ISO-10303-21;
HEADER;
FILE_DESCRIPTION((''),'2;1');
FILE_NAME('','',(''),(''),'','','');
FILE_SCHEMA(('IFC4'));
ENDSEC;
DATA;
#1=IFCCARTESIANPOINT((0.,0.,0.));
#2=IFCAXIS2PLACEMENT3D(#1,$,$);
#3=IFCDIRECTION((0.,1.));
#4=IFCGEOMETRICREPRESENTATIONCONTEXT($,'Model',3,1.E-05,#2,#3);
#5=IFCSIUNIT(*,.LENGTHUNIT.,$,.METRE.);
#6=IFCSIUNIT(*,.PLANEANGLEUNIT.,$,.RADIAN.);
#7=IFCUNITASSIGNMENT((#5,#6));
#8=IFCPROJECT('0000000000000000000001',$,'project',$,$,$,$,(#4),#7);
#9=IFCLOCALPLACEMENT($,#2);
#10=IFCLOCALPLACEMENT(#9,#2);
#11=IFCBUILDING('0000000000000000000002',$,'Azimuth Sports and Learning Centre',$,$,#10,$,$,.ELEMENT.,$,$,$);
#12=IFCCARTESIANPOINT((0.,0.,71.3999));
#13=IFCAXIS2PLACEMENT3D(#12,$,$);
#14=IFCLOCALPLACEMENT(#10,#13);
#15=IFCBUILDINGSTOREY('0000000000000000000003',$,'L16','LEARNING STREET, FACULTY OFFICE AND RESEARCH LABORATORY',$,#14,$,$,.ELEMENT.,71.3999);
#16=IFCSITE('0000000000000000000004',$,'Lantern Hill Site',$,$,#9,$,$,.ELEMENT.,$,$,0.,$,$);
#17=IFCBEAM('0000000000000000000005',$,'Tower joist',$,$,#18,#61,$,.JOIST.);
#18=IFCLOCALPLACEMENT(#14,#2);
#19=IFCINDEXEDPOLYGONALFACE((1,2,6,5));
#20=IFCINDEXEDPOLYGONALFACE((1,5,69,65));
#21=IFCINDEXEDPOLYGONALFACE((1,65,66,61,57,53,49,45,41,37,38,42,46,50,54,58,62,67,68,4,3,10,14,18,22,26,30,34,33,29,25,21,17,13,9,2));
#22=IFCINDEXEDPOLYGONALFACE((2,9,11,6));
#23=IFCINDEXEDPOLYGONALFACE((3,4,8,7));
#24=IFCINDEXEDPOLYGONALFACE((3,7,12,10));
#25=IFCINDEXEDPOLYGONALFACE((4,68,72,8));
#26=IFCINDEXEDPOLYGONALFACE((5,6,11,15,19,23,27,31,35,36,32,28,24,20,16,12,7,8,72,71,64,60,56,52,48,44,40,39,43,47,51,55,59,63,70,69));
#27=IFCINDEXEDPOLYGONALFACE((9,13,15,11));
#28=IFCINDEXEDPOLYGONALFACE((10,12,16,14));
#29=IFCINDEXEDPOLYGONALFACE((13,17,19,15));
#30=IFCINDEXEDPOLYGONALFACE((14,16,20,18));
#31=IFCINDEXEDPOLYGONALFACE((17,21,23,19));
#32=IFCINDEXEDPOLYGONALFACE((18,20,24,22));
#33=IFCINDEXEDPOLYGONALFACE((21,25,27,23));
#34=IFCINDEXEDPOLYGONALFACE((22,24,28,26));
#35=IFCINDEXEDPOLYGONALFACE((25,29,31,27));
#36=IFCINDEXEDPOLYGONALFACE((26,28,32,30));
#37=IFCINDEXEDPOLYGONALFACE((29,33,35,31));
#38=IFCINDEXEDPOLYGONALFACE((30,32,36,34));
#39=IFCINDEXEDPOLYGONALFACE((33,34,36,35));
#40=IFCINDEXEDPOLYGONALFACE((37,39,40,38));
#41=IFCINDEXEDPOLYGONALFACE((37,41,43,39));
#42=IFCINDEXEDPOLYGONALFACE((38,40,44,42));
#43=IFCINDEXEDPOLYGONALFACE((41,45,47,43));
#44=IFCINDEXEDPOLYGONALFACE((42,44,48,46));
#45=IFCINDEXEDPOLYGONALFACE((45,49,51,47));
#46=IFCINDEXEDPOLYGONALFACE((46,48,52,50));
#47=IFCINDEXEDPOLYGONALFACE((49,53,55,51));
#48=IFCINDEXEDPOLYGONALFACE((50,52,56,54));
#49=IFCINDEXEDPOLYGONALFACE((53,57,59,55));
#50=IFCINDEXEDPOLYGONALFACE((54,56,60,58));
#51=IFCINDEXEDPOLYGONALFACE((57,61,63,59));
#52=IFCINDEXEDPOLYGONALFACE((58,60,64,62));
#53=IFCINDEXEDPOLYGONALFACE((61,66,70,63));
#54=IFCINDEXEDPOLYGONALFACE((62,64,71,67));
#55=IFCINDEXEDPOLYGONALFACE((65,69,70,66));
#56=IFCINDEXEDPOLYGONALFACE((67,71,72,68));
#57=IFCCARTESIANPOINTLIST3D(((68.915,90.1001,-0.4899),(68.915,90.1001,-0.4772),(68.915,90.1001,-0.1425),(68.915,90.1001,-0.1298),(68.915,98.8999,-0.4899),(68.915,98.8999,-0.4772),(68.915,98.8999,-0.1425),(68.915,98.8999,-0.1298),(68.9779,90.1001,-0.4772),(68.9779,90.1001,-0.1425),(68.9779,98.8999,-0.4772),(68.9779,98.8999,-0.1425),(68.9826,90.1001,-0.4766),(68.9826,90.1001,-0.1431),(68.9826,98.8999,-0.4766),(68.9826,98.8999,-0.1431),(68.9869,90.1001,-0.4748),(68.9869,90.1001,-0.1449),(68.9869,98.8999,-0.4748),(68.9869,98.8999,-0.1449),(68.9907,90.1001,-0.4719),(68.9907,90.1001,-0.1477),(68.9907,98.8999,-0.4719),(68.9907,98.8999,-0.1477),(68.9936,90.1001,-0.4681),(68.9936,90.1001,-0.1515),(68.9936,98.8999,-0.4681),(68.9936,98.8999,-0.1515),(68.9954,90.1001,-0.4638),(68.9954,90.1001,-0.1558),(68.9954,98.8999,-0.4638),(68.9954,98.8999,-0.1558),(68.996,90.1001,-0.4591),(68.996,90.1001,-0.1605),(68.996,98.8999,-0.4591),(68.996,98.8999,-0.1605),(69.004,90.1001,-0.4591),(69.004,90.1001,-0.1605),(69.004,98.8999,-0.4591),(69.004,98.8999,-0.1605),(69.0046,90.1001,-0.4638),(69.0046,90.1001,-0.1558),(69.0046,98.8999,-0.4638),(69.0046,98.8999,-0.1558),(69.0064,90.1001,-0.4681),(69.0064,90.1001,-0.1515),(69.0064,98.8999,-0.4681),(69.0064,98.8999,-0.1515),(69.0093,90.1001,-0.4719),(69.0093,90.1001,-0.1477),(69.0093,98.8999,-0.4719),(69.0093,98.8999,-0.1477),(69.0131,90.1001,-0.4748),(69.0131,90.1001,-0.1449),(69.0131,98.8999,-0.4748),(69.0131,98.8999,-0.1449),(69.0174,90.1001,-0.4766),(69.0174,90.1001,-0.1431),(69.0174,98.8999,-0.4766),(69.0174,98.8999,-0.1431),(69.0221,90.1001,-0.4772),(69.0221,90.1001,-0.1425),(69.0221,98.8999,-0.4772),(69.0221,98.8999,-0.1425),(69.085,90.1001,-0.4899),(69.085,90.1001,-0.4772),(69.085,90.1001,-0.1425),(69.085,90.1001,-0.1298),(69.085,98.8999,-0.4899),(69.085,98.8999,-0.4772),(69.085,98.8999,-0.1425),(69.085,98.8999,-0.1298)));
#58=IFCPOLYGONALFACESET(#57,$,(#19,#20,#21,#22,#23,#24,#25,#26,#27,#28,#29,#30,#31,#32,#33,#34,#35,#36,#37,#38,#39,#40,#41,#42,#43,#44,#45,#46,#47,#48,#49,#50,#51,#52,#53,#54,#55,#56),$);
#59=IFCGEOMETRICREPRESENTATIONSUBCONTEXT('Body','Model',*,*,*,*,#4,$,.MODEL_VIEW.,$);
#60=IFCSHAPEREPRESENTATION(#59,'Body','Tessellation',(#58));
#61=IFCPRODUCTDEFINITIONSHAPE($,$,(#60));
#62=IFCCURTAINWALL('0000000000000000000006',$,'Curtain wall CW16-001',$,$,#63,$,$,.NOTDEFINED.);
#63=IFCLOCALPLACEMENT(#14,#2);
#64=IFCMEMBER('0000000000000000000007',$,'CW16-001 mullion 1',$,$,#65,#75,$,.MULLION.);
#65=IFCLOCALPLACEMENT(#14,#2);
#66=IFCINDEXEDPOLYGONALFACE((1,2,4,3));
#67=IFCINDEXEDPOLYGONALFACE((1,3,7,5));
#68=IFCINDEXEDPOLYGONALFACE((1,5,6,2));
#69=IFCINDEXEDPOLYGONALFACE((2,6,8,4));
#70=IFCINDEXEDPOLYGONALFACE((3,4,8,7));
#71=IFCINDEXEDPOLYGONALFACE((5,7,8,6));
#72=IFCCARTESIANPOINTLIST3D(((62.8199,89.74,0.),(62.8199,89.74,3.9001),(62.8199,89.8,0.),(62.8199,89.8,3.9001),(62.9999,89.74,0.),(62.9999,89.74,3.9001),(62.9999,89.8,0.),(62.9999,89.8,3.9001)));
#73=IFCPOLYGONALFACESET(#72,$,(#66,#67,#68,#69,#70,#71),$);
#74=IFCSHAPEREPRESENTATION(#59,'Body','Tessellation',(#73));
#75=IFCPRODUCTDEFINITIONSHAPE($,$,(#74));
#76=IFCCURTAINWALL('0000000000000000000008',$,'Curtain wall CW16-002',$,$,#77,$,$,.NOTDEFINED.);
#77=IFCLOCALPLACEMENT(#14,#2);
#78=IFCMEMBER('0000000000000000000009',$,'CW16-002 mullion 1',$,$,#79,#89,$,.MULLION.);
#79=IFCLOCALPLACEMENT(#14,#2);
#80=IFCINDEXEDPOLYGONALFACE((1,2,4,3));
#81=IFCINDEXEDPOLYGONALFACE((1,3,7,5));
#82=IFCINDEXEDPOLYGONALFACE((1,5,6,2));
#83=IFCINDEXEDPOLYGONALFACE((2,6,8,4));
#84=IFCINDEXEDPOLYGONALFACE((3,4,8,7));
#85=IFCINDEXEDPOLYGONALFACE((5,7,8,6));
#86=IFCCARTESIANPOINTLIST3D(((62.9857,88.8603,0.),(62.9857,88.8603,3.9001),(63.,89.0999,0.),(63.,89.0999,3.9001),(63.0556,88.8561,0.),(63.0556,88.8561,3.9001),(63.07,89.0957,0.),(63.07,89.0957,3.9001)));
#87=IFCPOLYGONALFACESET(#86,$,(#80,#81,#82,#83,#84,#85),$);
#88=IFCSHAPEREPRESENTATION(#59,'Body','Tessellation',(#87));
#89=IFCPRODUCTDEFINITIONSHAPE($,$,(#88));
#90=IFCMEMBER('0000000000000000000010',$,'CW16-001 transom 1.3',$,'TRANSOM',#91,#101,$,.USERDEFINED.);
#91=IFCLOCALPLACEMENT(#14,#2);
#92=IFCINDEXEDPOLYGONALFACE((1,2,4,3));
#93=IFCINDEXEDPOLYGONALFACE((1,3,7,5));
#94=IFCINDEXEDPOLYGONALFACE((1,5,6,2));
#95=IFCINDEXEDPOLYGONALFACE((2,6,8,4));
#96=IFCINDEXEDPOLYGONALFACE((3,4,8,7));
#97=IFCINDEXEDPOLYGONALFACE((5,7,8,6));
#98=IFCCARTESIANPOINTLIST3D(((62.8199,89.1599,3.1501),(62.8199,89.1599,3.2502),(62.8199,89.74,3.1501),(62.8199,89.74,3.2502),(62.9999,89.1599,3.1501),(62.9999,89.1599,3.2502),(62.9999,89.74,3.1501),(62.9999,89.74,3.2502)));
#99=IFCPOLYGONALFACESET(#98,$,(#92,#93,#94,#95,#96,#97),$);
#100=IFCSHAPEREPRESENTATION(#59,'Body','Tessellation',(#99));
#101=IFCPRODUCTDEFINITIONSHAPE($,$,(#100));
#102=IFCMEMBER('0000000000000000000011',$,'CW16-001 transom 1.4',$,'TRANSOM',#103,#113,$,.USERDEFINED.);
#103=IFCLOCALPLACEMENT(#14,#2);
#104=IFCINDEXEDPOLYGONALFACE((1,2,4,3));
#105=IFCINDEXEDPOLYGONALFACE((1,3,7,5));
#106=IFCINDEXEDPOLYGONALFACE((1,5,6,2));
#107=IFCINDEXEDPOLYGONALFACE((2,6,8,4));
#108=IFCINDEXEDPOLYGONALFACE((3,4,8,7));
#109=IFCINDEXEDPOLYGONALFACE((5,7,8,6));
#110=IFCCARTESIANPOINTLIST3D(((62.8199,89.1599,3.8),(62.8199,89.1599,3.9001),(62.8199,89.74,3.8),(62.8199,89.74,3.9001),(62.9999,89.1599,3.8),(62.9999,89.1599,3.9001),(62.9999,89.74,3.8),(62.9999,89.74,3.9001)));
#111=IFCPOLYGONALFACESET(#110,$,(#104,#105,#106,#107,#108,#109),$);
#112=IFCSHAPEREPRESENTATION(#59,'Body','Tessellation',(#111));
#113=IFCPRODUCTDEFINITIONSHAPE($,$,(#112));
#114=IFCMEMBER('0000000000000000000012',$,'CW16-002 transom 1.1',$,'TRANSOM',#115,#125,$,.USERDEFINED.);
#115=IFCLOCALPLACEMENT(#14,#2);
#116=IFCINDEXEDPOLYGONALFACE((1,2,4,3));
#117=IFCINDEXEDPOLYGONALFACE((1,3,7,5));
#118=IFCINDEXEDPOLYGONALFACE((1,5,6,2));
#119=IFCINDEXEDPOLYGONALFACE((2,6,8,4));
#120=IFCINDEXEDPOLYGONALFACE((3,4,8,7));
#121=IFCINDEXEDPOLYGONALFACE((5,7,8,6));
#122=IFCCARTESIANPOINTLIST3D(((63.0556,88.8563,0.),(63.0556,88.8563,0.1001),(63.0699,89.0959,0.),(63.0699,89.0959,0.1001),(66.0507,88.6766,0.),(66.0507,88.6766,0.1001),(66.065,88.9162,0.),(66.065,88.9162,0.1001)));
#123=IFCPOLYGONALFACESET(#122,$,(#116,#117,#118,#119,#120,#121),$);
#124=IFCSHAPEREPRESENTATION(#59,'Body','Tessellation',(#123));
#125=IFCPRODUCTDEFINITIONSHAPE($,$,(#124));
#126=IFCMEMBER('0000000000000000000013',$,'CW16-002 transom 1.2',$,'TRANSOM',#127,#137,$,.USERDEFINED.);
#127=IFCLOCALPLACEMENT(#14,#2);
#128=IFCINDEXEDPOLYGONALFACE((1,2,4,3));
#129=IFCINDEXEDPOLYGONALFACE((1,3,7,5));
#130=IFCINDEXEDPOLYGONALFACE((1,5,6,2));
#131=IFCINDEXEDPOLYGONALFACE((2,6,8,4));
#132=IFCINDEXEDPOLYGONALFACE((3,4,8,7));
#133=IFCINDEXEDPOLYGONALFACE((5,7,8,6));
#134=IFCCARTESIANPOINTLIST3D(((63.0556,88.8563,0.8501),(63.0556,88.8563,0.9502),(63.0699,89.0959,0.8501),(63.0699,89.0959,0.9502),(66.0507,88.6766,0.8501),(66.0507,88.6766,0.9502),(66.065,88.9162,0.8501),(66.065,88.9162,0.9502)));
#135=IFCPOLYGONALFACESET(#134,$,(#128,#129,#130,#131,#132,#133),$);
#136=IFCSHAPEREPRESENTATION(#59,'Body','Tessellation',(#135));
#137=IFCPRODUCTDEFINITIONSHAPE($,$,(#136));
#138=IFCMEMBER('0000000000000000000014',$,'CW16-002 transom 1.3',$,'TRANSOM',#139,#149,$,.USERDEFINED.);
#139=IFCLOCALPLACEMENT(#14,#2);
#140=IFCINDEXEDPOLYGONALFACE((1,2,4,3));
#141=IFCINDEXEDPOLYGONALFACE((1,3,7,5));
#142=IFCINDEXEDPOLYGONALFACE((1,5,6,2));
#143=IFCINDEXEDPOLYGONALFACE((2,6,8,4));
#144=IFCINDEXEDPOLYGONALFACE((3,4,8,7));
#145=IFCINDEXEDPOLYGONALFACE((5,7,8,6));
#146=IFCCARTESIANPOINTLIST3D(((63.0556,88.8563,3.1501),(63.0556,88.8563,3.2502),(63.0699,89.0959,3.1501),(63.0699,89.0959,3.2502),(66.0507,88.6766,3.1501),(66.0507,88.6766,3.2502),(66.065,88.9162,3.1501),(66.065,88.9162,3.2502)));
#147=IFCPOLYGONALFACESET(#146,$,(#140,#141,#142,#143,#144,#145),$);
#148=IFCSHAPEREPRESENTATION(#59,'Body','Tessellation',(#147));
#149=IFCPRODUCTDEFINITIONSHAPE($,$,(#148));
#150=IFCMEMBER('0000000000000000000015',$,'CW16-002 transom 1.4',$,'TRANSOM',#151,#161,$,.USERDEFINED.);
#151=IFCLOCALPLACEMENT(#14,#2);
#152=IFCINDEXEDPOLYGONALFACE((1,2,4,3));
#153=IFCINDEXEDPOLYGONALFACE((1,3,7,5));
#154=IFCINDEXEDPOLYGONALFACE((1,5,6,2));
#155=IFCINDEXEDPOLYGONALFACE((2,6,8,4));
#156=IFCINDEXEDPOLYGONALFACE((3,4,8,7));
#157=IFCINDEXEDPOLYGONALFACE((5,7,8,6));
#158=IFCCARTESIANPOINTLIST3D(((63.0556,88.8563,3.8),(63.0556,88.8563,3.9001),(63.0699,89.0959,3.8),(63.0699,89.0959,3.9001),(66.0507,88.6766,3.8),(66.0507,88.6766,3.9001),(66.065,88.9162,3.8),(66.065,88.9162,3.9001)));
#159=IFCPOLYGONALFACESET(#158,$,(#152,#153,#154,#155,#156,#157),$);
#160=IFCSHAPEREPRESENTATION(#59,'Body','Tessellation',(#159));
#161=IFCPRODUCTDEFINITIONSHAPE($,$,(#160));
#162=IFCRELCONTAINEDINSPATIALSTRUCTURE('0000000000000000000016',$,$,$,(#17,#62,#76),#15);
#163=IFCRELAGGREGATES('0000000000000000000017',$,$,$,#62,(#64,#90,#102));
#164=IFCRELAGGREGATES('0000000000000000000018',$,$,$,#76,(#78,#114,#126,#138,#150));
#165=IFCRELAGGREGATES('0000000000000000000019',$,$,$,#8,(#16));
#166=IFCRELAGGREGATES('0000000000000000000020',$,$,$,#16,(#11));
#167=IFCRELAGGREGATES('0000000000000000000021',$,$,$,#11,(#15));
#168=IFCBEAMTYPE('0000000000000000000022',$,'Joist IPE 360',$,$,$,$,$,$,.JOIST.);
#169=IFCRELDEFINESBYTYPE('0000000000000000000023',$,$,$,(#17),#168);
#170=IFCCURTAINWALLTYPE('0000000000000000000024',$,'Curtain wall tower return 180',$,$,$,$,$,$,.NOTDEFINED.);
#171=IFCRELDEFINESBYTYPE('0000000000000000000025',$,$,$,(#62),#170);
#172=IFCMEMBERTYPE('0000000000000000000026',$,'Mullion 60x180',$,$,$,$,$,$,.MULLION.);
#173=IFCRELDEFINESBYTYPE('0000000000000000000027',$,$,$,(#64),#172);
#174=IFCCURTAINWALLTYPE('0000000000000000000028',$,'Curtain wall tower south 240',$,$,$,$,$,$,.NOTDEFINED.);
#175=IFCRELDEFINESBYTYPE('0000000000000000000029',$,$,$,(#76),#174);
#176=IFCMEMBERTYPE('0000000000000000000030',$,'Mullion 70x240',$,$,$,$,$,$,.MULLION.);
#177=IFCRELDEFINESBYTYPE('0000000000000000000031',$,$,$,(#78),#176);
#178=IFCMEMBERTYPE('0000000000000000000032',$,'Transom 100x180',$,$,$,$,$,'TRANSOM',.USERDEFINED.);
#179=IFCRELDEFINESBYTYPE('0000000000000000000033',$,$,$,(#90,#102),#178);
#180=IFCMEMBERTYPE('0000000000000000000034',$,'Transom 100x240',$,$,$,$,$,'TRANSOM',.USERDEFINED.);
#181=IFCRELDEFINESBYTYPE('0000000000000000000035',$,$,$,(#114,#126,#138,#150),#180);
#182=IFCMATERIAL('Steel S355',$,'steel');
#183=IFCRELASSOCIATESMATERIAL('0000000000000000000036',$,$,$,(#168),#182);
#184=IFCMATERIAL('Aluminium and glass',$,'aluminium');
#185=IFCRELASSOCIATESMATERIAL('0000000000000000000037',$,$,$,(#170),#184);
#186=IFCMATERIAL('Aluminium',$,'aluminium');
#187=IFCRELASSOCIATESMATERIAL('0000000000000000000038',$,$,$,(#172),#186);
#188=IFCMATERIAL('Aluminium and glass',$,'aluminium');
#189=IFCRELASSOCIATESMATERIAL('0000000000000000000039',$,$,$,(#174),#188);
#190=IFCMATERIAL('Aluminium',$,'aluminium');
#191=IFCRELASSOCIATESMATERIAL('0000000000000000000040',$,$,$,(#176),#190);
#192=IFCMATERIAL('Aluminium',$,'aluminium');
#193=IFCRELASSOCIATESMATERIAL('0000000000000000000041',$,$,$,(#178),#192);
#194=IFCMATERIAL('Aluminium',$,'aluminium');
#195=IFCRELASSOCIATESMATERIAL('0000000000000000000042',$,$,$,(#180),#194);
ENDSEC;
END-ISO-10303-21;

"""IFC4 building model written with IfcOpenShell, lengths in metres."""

from ifc_helpers import new_model, si_unit, direction, frame, origin, origin_2d, place, context, subcontext, project, spatial, rectangle, i_section, extrude, material, material_profile, profile_set, type_object, element, aggregate, save


model = new_model("IFC4")

# Units and contexts
model_context = context("Model", 3, precision=1e-05, world=origin(), true_north=direction((0.0, 1.0)))
body_context = subcontext(model_context, "Body", "Model", "MODEL_VIEW")
ifc_project = project(units=[si_unit("LENGTHUNIT", "METRE"), si_unit("PLANEANGLEUNIT", "RADIAN")], contexts=[model_context])

# Site, building, storey
site_placement = place(None, origin())
site = spatial("IfcSite", under=ifc_project, at=site_placement, Name="Lantern Hill Site", CompositionType="ELEMENT", RefElevation=0.0)
building_placement = place(site_placement, origin())
building = spatial("IfcBuilding", under=site, at=building_placement, Name="Azimuth Sports and Learning Centre", CompositionType="ELEMENT")
storey_placement = place(building_placement, frame((0.0, 0.0, 71.3999)))
storey = spatial("IfcBuildingStorey", under=building, at=storey_placement, Name="L16", Description="LEARNING STREET, FACULTY OFFICE AND RESEARCH LABORATORY", CompositionType="ELEMENT", Elevation=71.3999)

# Beam
ifc_material_1 = material(Name="Steel S355", Category="steel")
ifc_material_profile_1 = material_profile(ifc_material_1, i_section(OverallWidth=0.1699, OverallDepth=0.3601, WebThickness=0.0081, FlangeThickness=0.0127, FilletRadius=0.0181, at=origin_2d()), Name="IPE 360")
ifc_profile_set_1 = profile_set([ifc_material_profile_1], Name="Steel S355")
beam_type_1 = type_object("IfcBeamType", Name="Joist IPE 360", PredefinedType="JOIST", material=ifc_profile_set_1)
for number, where, z_axis, x_axis, name in (
    (1, (69.0, 90.1001, -0.3098), (0.0, 1.0, 0.0), (-1.0, 0.0, 0.0), "Tower joist"),
):
    element("IfcBeam", number, at=place(storey_placement, frame(where, z_axis=z_axis, x_axis=x_axis)), inside=storey, type_object=beam_type_1, Name=name, PredefinedType="JOIST", context=body_context, shape_type="SweptSolid", body=[
        extrude(i_section(OverallWidth=0.1699, OverallDepth=0.3601, WebThickness=0.0081, FlangeThickness=0.0127, FilletRadius=0.0181, at=origin_2d()), origin(), (0.0, 0.0, 1.0), 8.7998),
    ])

# Curtain walls, members
ifc_material_2 = material(Name="Aluminium and glass", Category="aluminium")
curtain_wall_type_1 = type_object("IfcCurtainWallType", Name="Curtain wall tower return 180", PredefinedType="NOTDEFINED", material=ifc_material_2)
curtain_wall_1_placement = place(storey_placement, origin())
curtain_wall_1 = element("IfcCurtainWall", 2, at=curtain_wall_1_placement, inside=storey, type_object=curtain_wall_type_1, Name="Curtain wall CW16-001", PredefinedType="NOTDEFINED")
ifc_material_3 = material(Name="Aluminium", Category="aluminium")
ifc_material_profile_2 = material_profile(ifc_material_3, rectangle(XDim=0.1799, YDim=0.0601, at=origin_2d()), Name="Mullion 60x180")
ifc_profile_set_2 = profile_set([ifc_material_profile_2], Name="Aluminium")
member_type_1 = type_object("IfcMemberType", Name="Mullion 60x180", PredefinedType="MULLION", material=ifc_profile_set_2)
member_1_placement = place(storey_placement, frame((62.9099, 89.77, 0.0), z_axis=(0.0, 0.0, 1.0), x_axis=(1.0, 0.0, 0.0)))
member_1 = element("IfcMember", 3, at=member_1_placement, type_object=member_type_1, Name="CW16-001 mullion 1", PredefinedType="MULLION", context=body_context, shape_type="SweptSolid", body=[
    extrude(rectangle(XDim=0.1799, YDim=0.0601, at=origin_2d()), origin(), (0.0, 0.0, 1.0), 3.9001),
])
ifc_material_4 = material(Name="Aluminium and glass", Category="aluminium")
curtain_wall_type_2 = type_object("IfcCurtainWallType", Name="Curtain wall tower south 240", PredefinedType="NOTDEFINED", material=ifc_material_4)
curtain_wall_2_placement = place(storey_placement, origin())
curtain_wall_2 = element("IfcCurtainWall", 4, at=curtain_wall_2_placement, inside=storey, type_object=curtain_wall_type_2, Name="Curtain wall CW16-002", PredefinedType="NOTDEFINED")
ifc_material_5 = material(Name="Aluminium", Category="aluminium")
ifc_material_profile_3 = material_profile(ifc_material_5, rectangle(XDim=0.24, YDim=0.0701, at=origin_2d()), Name="Mullion 70x240")
ifc_profile_set_3 = profile_set([ifc_material_profile_3], Name="Aluminium")
member_type_2 = type_object("IfcMemberType", Name="Mullion 70x240", PredefinedType="MULLION", material=ifc_profile_set_3)
member_2_placement = place(storey_placement, frame((63.0278, 88.978, 0.0), z_axis=(0.0, 0.0, 1.0), x_axis=(0.059892, 0.998205, 0.0)))
member_2 = element("IfcMember", 5, at=member_2_placement, type_object=member_type_2, Name="CW16-002 mullion 1", PredefinedType="MULLION", context=body_context, shape_type="SweptSolid", body=[
    extrude(rectangle(XDim=0.24, YDim=0.0701, at=origin_2d()), origin(), (0.0, 0.0, 1.0), 3.9001),
])

# Members
ifc_material_6 = material(Name="Aluminium", Category="aluminium")
ifc_material_profile_4 = material_profile(ifc_material_6, rectangle(XDim=0.1799, YDim=0.1001, at=origin_2d()), Name="Transom 100x180")
ifc_profile_set_4 = profile_set([ifc_material_profile_4], Name="Aluminium")
member_type_3 = type_object("IfcMemberType", Name="Transom 100x180", ElementType="TRANSOM", PredefinedType="USERDEFINED", material=ifc_profile_set_4)
member_3_placement = place(storey_placement, frame((62.9099, 89.74, 3.2002), z_axis=(0.0, -1.0, 0.0), x_axis=(1.0, 0.0, 0.0)))
member_3 = element("IfcMember", 6, at=member_3_placement, type_object=member_type_3, Name="CW16-001 transom 1.3", ObjectType="TRANSOM", PredefinedType="USERDEFINED", context=body_context, shape_type="SweptSolid", body=[
    extrude(rectangle(XDim=0.1799, YDim=0.1001, at=origin_2d()), origin(), (0.0, 0.0, 1.0), 0.5801),
])
member_4_placement = place(storey_placement, frame((62.9099, 89.74, 3.8501), z_axis=(0.0, -1.0, 0.0), x_axis=(1.0, 0.0, 0.0)))
member_4 = element("IfcMember", 7, at=member_4_placement, type_object=member_type_3, Name="CW16-001 transom 1.4", ObjectType="TRANSOM", PredefinedType="USERDEFINED", context=body_context, shape_type="SweptSolid", body=[
    extrude(rectangle(XDim=0.1799, YDim=0.1001, at=origin_2d()), origin(), (0.0, 0.0, 1.0), 0.5801),
])
aggregate(curtain_wall_1, [member_1, member_3, member_4])
ifc_material_7 = material(Name="Aluminium", Category="aluminium")
ifc_material_profile_5 = material_profile(ifc_material_7, rectangle(XDim=0.24, YDim=0.1001, at=origin_2d()), Name="Transom 100x240")
ifc_profile_set_5 = profile_set([ifc_material_profile_5], Name="Aluminium")
member_type_4 = type_object("IfcMemberType", Name="Transom 100x240", ElementType="TRANSOM", PredefinedType="USERDEFINED", material=ifc_profile_set_5)
member_5_placement = place(storey_placement, frame((63.0627, 88.9761, 0.05), z_axis=(0.998205, -0.059886, 0.0), x_axis=(0.059886, 0.998205, 0.0)))
member_5 = element("IfcMember", 8, at=member_5_placement, type_object=member_type_4, Name="CW16-002 transom 1.1", ObjectType="TRANSOM", PredefinedType="USERDEFINED", context=body_context, shape_type="SweptSolid", body=[
    extrude(rectangle(XDim=0.24, YDim=0.1001, at=origin_2d()), origin(), (0.0, 0.0, 1.0), 3.0005),
])
member_6_placement = place(storey_placement, frame((63.0627, 88.9761, 0.9001), z_axis=(0.998205, -0.059886, 0.0), x_axis=(0.059886, 0.998205, 0.0)))
member_6 = element("IfcMember", 9, at=member_6_placement, type_object=member_type_4, Name="CW16-002 transom 1.2", ObjectType="TRANSOM", PredefinedType="USERDEFINED", context=body_context, shape_type="SweptSolid", body=[
    extrude(rectangle(XDim=0.24, YDim=0.1001, at=origin_2d()), origin(), (0.0, 0.0, 1.0), 3.0005),
])
member_7_placement = place(storey_placement, frame((63.0627, 88.9761, 3.2002), z_axis=(0.998205, -0.059886, 0.0), x_axis=(0.059886, 0.998205, 0.0)))
member_7 = element("IfcMember", 10, at=member_7_placement, type_object=member_type_4, Name="CW16-002 transom 1.3", ObjectType="TRANSOM", PredefinedType="USERDEFINED", context=body_context, shape_type="SweptSolid", body=[
    extrude(rectangle(XDim=0.24, YDim=0.1001, at=origin_2d()), origin(), (0.0, 0.0, 1.0), 3.0005),
])
member_8_placement = place(storey_placement, frame((63.0627, 88.9761, 3.8501), z_axis=(0.998205, -0.059886, 0.0), x_axis=(0.059886, 0.998205, 0.0)))
member_8 = element("IfcMember", 11, at=member_8_placement, type_object=member_type_4, Name="CW16-002 transom 1.4", ObjectType="TRANSOM", PredefinedType="USERDEFINED", context=body_context, shape_type="SweptSolid", body=[
    extrude(rectangle(XDim=0.24, YDim=0.1001, at=origin_2d()), origin(), (0.0, 0.0, 1.0), 3.0005),
])
aggregate(curtain_wall_2, [member_2, member_5, member_6, member_7, member_8])

save(model, "model.ifc")
